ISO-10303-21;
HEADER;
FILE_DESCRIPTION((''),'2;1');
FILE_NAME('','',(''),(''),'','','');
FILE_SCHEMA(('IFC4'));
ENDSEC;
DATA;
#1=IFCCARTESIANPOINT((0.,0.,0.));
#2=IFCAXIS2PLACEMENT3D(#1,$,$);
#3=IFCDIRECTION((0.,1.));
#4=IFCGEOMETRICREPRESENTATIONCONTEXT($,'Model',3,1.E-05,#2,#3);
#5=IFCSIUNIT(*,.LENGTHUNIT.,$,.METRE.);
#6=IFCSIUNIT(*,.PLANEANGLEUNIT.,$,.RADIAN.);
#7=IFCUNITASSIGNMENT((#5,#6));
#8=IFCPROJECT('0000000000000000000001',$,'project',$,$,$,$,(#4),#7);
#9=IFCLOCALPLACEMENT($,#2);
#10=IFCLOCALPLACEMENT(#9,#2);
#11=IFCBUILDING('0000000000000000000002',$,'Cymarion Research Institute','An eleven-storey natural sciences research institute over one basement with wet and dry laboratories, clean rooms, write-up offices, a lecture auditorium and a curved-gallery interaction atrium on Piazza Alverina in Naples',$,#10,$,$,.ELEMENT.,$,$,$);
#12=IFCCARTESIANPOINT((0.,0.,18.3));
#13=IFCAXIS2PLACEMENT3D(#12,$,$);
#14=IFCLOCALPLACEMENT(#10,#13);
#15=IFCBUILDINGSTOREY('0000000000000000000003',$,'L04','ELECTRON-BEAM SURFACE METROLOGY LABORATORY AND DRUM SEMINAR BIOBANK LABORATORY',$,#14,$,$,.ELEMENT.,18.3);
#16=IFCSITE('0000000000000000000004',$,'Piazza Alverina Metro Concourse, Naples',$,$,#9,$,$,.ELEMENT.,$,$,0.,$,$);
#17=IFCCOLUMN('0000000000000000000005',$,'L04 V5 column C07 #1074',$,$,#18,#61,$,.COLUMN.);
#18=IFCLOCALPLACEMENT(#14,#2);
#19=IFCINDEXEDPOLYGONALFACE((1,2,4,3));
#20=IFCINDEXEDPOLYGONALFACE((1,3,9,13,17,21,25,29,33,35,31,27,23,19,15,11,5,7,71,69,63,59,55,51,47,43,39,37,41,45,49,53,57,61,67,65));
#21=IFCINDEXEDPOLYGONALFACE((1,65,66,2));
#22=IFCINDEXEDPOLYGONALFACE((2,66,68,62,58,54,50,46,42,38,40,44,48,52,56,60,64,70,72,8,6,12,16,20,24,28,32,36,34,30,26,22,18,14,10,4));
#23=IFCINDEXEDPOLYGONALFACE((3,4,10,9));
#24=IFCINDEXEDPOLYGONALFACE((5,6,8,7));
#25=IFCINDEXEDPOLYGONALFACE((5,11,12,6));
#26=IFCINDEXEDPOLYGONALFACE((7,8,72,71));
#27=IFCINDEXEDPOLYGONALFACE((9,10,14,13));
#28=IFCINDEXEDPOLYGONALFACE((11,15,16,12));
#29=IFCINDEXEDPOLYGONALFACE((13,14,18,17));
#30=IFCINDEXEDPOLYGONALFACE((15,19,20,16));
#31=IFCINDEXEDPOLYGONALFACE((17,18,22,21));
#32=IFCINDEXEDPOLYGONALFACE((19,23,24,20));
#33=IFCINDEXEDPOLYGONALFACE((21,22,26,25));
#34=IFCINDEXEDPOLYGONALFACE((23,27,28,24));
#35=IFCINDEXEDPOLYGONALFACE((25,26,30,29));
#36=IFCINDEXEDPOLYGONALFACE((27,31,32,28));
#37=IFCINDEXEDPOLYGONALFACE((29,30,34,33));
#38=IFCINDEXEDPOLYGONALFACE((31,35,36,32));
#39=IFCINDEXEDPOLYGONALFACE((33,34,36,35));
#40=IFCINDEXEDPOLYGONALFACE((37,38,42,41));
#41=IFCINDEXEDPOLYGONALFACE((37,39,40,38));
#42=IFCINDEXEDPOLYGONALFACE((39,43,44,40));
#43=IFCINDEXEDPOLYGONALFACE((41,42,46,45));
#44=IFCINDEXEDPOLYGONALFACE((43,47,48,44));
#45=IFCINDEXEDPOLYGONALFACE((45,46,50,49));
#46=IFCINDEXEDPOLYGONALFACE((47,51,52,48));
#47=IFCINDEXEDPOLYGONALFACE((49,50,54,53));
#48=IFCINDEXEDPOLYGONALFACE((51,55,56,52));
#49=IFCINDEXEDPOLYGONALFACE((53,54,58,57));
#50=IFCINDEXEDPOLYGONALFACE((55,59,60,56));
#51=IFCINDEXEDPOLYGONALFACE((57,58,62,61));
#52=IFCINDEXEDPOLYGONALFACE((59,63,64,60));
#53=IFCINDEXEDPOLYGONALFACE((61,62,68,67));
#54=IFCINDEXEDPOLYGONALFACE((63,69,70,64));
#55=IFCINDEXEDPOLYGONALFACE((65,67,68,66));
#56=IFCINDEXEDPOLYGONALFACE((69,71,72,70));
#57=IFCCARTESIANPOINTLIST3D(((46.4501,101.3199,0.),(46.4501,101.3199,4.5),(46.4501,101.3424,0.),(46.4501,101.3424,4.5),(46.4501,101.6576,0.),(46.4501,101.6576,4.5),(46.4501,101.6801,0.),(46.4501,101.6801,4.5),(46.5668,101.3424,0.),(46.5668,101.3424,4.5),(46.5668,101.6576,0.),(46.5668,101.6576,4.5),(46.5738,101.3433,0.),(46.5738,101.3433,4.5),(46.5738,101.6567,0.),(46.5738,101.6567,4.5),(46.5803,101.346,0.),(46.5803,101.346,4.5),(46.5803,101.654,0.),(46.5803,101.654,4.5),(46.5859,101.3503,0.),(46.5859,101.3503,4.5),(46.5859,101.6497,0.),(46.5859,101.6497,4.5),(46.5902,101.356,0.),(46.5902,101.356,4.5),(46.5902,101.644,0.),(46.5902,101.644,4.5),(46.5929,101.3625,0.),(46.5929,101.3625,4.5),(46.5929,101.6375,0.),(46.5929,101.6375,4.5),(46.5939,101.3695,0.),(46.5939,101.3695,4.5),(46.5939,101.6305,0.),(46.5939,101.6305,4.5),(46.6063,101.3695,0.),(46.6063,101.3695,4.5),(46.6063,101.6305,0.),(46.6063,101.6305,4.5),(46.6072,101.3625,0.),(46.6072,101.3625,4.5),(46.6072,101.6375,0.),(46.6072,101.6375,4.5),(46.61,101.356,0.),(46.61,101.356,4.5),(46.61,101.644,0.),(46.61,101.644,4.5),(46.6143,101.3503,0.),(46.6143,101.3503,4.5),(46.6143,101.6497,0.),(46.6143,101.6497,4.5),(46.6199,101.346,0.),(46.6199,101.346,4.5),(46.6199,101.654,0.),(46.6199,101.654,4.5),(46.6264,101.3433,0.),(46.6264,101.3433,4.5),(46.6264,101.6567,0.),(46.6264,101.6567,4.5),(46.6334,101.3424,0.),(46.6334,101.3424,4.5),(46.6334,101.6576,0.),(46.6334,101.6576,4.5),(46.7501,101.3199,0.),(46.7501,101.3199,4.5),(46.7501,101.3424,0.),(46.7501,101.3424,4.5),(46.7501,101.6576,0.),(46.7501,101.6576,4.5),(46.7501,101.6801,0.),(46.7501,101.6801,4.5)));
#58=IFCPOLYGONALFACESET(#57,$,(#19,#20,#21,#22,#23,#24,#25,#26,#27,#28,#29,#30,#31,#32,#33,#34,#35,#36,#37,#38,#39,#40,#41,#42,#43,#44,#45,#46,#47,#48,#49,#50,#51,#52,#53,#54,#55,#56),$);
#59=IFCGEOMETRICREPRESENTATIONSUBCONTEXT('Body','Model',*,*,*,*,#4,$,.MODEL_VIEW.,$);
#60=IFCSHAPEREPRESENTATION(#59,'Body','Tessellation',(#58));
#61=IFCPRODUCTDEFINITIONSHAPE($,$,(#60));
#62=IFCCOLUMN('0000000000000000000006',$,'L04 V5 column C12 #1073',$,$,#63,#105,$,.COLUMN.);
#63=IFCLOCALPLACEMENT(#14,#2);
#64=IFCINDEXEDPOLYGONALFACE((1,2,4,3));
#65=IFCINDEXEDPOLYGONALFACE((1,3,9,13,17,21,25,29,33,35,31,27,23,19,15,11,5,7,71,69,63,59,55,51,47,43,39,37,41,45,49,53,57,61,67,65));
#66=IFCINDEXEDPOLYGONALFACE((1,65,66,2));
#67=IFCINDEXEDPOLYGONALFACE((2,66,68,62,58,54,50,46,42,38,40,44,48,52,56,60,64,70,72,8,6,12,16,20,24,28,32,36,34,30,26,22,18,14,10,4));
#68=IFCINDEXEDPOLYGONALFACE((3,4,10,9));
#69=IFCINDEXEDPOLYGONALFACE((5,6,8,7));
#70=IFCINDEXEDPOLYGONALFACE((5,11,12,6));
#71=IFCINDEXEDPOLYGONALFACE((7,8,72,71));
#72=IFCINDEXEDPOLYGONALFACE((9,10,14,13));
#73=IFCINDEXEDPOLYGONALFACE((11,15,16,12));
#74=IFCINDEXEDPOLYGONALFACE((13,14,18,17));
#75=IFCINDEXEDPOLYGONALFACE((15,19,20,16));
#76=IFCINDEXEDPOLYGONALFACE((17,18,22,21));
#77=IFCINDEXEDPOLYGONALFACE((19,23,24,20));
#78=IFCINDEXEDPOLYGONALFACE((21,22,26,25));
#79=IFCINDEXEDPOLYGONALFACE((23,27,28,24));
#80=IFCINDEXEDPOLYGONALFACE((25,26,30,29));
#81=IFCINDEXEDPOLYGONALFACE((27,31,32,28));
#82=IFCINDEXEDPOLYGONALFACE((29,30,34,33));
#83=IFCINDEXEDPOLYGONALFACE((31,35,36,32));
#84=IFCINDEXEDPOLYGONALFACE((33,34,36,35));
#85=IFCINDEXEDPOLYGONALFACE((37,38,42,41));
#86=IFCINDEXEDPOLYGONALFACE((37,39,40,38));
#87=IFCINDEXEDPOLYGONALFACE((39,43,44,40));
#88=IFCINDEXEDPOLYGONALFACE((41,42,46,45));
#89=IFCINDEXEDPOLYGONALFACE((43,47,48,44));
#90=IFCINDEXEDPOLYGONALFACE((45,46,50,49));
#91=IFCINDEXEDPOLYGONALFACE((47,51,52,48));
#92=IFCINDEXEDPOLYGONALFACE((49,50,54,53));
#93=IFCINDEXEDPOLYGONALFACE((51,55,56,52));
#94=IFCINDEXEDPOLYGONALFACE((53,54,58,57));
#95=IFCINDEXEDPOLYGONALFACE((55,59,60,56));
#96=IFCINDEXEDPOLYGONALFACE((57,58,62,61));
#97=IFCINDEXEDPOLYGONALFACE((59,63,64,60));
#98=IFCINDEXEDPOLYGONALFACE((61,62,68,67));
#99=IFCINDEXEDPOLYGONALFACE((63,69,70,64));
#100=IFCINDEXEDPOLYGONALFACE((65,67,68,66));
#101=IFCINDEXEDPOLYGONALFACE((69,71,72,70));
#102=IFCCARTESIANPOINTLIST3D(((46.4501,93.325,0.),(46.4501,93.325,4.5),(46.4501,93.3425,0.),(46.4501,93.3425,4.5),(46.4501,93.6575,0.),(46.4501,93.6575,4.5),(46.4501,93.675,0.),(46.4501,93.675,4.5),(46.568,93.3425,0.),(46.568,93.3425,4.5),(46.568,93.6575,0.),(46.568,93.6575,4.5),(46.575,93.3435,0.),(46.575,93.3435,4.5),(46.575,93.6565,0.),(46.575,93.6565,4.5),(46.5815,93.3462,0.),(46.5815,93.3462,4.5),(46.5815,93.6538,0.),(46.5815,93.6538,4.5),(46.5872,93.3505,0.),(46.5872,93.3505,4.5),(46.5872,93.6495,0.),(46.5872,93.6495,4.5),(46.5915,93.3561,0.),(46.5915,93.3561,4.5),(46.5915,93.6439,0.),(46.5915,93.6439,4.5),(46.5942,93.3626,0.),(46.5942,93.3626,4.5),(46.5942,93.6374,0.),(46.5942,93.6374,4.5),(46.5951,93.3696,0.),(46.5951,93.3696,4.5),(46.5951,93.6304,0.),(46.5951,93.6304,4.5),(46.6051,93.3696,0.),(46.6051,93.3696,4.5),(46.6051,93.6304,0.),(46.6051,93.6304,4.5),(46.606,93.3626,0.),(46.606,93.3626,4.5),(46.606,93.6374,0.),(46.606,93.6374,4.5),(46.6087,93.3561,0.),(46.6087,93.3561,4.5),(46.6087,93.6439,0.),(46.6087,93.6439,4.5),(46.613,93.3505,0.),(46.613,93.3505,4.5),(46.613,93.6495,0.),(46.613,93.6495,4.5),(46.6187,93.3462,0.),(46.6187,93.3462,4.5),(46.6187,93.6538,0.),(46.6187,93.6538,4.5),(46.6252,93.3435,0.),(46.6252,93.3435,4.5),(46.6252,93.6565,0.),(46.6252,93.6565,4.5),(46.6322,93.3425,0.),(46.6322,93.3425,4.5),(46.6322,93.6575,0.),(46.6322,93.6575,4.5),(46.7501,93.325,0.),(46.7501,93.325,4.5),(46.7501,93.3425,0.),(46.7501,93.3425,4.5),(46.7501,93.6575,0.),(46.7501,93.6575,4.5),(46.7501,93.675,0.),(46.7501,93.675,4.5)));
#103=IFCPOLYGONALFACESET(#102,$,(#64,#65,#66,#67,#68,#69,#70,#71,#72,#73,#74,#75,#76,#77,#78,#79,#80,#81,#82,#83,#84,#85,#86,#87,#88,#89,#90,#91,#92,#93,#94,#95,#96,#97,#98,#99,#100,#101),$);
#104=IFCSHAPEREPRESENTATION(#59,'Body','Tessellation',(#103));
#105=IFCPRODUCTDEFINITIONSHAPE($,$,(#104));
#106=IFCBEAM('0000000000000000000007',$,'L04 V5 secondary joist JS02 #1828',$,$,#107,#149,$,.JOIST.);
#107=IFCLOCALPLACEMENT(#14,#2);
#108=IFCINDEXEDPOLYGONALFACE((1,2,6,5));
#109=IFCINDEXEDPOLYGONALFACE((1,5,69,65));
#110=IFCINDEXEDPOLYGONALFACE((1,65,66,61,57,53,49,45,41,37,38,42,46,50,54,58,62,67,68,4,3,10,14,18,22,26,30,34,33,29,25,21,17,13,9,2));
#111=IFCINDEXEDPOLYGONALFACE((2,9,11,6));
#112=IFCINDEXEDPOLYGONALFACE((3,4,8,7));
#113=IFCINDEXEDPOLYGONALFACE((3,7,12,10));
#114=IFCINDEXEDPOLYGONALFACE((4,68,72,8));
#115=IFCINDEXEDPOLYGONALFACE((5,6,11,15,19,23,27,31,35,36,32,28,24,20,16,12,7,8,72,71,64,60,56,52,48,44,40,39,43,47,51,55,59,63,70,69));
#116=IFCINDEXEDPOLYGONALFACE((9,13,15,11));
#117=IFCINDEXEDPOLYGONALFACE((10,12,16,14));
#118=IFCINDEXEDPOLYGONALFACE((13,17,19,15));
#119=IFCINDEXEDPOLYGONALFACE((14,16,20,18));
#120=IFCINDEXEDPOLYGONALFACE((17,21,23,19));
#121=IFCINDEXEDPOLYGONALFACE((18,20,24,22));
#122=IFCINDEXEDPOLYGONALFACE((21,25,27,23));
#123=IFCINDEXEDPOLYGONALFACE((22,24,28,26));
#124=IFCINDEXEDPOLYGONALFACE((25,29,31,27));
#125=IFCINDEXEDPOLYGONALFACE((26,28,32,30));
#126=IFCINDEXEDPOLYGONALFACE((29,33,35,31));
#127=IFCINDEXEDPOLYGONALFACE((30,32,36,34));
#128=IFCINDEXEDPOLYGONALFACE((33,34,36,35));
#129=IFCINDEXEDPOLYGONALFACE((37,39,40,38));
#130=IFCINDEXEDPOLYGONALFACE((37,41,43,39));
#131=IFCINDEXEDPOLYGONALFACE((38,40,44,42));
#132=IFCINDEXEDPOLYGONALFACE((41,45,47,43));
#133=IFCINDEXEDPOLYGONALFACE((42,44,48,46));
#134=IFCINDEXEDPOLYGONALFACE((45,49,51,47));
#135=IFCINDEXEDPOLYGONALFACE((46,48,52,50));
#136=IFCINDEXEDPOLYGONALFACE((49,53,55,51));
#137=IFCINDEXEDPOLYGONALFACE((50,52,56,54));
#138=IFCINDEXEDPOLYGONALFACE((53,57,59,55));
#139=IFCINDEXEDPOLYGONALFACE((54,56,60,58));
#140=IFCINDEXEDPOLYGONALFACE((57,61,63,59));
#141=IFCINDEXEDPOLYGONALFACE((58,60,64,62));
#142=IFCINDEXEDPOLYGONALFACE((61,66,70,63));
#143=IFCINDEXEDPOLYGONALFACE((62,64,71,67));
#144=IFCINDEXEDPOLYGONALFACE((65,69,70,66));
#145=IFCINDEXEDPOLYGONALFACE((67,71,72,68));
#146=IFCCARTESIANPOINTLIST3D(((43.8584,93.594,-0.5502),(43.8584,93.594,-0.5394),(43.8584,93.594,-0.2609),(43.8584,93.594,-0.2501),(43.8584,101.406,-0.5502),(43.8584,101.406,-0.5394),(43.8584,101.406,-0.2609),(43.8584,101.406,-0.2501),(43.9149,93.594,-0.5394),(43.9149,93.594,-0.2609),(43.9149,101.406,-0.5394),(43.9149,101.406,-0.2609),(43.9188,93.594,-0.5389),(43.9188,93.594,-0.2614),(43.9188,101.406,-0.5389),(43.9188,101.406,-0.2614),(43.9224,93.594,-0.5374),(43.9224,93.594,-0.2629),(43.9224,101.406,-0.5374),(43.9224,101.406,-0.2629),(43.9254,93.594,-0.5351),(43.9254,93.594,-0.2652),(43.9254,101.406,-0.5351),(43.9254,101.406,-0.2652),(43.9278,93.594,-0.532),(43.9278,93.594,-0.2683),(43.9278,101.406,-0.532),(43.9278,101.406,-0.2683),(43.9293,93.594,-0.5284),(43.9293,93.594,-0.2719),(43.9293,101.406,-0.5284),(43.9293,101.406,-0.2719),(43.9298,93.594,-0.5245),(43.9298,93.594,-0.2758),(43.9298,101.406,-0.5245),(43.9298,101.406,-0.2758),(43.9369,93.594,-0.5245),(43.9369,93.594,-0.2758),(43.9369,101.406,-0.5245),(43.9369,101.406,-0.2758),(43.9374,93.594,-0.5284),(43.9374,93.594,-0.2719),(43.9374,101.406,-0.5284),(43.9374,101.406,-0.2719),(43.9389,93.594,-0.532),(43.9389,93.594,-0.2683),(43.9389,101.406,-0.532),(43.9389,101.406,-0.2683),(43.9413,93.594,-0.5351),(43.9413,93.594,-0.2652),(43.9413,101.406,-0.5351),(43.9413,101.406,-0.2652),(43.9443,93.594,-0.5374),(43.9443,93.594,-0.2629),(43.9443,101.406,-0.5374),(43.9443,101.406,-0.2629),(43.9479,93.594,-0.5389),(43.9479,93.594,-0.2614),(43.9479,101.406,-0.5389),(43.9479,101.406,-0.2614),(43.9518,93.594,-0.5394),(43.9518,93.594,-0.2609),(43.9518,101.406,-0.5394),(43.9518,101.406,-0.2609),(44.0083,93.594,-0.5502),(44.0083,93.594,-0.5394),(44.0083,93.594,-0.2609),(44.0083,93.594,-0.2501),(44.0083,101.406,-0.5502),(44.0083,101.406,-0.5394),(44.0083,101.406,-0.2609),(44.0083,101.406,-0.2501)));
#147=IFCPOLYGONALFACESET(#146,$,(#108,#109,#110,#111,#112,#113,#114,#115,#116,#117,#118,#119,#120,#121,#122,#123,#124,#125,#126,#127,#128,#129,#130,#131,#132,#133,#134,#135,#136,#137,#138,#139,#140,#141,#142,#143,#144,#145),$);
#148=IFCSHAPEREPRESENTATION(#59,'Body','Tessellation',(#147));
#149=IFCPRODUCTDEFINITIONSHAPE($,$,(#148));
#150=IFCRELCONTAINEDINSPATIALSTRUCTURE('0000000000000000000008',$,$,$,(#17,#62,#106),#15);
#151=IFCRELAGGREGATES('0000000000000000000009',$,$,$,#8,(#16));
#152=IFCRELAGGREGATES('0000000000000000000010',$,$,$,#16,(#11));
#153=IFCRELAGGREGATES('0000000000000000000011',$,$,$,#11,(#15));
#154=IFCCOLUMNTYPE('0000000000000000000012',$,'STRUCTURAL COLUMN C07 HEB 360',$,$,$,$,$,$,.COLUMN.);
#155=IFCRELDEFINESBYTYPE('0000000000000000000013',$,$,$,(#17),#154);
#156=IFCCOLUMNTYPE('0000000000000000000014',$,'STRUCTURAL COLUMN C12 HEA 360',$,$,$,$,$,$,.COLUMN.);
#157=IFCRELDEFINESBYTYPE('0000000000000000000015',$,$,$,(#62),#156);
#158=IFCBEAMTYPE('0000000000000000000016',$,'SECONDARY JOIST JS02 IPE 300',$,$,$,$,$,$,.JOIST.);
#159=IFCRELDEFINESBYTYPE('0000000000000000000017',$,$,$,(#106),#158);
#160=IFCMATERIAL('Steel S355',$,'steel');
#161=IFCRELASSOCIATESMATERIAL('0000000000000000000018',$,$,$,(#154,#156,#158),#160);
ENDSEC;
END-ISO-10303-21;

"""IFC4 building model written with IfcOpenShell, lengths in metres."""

from ifc_helpers import new_model, si_unit, direction, frame, origin, origin_2d, place, context, subcontext, project, spatial, i_section, extrude, material, material_profile, profile_set, type_object, element, save


model = new_model("IFC4")

# Units and contexts
model_context = context("Model", 3, precision=1e-05, world=origin(), true_north=direction((0.0, 1.0)))
body_context = subcontext(model_context, "Body", "Model", "MODEL_VIEW")
ifc_project = project(units=[si_unit("LENGTHUNIT", "METRE"), si_unit("PLANEANGLEUNIT", "RADIAN")], contexts=[model_context])

# Site, building, storey
site_placement = place(None, origin())
site = spatial("IfcSite", under=ifc_project, at=site_placement, Name="Piazza Alverina Metro Concourse, Naples", CompositionType="ELEMENT", RefElevation=0.0)
building_placement = place(site_placement, origin())
building = spatial("IfcBuilding", under=site, at=building_placement, Name="Cymarion Research Institute", Description="An eleven-storey natural sciences research institute over one basement with wet and dry laboratories, clean rooms, write-up offices, a lecture auditorium and a curved-gallery interaction atrium on Piazza Alverina in Naples", CompositionType="ELEMENT")
storey_placement = place(building_placement, frame((0.0, 0.0, 18.3)))
storey = spatial("IfcBuildingStorey", under=building, at=storey_placement, Name="L04", Description="ELECTRON-BEAM SURFACE METROLOGY LABORATORY AND DRUM SEMINAR BIOBANK LABORATORY", CompositionType="ELEMENT", Elevation=18.3)

# Columns
ifc_material_1 = material(Name="Steel S355", Category="steel")
ifc_material_profile_1 = material_profile(ifc_material_1, i_section(OverallWidth=0.3, OverallDepth=0.3601, WebThickness=0.0125, FlangeThickness=0.0225, FilletRadius=0.0271, at=origin_2d()), Name="HEB 360")
ifc_profile_set_1 = profile_set([ifc_material_profile_1], Name="Steel S355")
column_type_1 = type_object("IfcColumnType", Name="STRUCTURAL COLUMN C07 HEB 360", PredefinedType="COLUMN", material=ifc_profile_set_1)
column_1_placement = place(storey_placement, frame((46.6001, 101.5, 0.0), z_axis=(0.0, 0.0, 1.0), x_axis=(1.0, 0.0, 0.0)))
element("IfcColumn", 1, at=column_1_placement, inside=storey, type_object=column_type_1, Name="L04 V5 column C07 #1074", PredefinedType="COLUMN", context=body_context, shape_type="SweptSolid", body=[
    extrude(i_section(OverallWidth=0.3, OverallDepth=0.3601, WebThickness=0.0125, FlangeThickness=0.0225, FilletRadius=0.0271, at=origin_2d()), origin(), (0.0, 0.0, 1.0), 4.5),
])
ifc_material_profile_2 = material_profile(ifc_material_1, i_section(OverallWidth=0.3, OverallDepth=0.3501, WebThickness=0.01, FlangeThickness=0.0176, FilletRadius=0.0271, at=origin_2d()), Name="HEA 360")
ifc_profile_set_2 = profile_set([ifc_material_profile_2], Name="Steel S355")
column_type_2 = type_object("IfcColumnType", Name="STRUCTURAL COLUMN C12 HEA 360", PredefinedType="COLUMN", material=ifc_profile_set_2)
column_2_placement = place(storey_placement, frame((46.6001, 93.5, 0.0), z_axis=(0.0, 0.0, 1.0), x_axis=(1.0, 0.0, 0.0)))
element("IfcColumn", 2, at=column_2_placement, inside=storey, type_object=column_type_2, Name="L04 V5 column C12 #1073", PredefinedType="COLUMN", context=body_context, shape_type="SweptSolid", body=[
    extrude(i_section(OverallWidth=0.3, OverallDepth=0.3501, WebThickness=0.01, FlangeThickness=0.0176, FilletRadius=0.0271, at=origin_2d()), origin(), (0.0, 0.0, 1.0), 4.5),
])

# Beam
ifc_material_profile_3 = material_profile(ifc_material_1, i_section(OverallWidth=0.1499, OverallDepth=0.3, WebThickness=0.0071, FlangeThickness=0.0107, FilletRadius=0.0149, at=origin_2d()), Name="IPE 300")
ifc_profile_set_3 = profile_set([ifc_material_profile_3], Name="Steel S355")
beam_type_1 = type_object("IfcBeamType", Name="SECONDARY JOIST JS02 IPE 300", PredefinedType="JOIST", material=ifc_profile_set_3)
beam_1_placement = place(storey_placement, frame((43.9333, 93.594, -0.4001), z_axis=(0.0, 1.0, 0.0), x_axis=(-1.0, 0.0, 0.0)))
element("IfcBeam", 3, at=beam_1_placement, inside=storey, type_object=beam_type_1, Name="L04 V5 secondary joist JS02 #1828", PredefinedType="JOIST", context=body_context, shape_type="SweptSolid", body=[
    extrude(i_section(OverallWidth=0.1499, OverallDepth=0.3, WebThickness=0.0071, FlangeThickness=0.0107, FilletRadius=0.0149, at=origin_2d()), origin(), (0.0, 0.0, 1.0), 7.812),
])

save(model, "model.ifc")
